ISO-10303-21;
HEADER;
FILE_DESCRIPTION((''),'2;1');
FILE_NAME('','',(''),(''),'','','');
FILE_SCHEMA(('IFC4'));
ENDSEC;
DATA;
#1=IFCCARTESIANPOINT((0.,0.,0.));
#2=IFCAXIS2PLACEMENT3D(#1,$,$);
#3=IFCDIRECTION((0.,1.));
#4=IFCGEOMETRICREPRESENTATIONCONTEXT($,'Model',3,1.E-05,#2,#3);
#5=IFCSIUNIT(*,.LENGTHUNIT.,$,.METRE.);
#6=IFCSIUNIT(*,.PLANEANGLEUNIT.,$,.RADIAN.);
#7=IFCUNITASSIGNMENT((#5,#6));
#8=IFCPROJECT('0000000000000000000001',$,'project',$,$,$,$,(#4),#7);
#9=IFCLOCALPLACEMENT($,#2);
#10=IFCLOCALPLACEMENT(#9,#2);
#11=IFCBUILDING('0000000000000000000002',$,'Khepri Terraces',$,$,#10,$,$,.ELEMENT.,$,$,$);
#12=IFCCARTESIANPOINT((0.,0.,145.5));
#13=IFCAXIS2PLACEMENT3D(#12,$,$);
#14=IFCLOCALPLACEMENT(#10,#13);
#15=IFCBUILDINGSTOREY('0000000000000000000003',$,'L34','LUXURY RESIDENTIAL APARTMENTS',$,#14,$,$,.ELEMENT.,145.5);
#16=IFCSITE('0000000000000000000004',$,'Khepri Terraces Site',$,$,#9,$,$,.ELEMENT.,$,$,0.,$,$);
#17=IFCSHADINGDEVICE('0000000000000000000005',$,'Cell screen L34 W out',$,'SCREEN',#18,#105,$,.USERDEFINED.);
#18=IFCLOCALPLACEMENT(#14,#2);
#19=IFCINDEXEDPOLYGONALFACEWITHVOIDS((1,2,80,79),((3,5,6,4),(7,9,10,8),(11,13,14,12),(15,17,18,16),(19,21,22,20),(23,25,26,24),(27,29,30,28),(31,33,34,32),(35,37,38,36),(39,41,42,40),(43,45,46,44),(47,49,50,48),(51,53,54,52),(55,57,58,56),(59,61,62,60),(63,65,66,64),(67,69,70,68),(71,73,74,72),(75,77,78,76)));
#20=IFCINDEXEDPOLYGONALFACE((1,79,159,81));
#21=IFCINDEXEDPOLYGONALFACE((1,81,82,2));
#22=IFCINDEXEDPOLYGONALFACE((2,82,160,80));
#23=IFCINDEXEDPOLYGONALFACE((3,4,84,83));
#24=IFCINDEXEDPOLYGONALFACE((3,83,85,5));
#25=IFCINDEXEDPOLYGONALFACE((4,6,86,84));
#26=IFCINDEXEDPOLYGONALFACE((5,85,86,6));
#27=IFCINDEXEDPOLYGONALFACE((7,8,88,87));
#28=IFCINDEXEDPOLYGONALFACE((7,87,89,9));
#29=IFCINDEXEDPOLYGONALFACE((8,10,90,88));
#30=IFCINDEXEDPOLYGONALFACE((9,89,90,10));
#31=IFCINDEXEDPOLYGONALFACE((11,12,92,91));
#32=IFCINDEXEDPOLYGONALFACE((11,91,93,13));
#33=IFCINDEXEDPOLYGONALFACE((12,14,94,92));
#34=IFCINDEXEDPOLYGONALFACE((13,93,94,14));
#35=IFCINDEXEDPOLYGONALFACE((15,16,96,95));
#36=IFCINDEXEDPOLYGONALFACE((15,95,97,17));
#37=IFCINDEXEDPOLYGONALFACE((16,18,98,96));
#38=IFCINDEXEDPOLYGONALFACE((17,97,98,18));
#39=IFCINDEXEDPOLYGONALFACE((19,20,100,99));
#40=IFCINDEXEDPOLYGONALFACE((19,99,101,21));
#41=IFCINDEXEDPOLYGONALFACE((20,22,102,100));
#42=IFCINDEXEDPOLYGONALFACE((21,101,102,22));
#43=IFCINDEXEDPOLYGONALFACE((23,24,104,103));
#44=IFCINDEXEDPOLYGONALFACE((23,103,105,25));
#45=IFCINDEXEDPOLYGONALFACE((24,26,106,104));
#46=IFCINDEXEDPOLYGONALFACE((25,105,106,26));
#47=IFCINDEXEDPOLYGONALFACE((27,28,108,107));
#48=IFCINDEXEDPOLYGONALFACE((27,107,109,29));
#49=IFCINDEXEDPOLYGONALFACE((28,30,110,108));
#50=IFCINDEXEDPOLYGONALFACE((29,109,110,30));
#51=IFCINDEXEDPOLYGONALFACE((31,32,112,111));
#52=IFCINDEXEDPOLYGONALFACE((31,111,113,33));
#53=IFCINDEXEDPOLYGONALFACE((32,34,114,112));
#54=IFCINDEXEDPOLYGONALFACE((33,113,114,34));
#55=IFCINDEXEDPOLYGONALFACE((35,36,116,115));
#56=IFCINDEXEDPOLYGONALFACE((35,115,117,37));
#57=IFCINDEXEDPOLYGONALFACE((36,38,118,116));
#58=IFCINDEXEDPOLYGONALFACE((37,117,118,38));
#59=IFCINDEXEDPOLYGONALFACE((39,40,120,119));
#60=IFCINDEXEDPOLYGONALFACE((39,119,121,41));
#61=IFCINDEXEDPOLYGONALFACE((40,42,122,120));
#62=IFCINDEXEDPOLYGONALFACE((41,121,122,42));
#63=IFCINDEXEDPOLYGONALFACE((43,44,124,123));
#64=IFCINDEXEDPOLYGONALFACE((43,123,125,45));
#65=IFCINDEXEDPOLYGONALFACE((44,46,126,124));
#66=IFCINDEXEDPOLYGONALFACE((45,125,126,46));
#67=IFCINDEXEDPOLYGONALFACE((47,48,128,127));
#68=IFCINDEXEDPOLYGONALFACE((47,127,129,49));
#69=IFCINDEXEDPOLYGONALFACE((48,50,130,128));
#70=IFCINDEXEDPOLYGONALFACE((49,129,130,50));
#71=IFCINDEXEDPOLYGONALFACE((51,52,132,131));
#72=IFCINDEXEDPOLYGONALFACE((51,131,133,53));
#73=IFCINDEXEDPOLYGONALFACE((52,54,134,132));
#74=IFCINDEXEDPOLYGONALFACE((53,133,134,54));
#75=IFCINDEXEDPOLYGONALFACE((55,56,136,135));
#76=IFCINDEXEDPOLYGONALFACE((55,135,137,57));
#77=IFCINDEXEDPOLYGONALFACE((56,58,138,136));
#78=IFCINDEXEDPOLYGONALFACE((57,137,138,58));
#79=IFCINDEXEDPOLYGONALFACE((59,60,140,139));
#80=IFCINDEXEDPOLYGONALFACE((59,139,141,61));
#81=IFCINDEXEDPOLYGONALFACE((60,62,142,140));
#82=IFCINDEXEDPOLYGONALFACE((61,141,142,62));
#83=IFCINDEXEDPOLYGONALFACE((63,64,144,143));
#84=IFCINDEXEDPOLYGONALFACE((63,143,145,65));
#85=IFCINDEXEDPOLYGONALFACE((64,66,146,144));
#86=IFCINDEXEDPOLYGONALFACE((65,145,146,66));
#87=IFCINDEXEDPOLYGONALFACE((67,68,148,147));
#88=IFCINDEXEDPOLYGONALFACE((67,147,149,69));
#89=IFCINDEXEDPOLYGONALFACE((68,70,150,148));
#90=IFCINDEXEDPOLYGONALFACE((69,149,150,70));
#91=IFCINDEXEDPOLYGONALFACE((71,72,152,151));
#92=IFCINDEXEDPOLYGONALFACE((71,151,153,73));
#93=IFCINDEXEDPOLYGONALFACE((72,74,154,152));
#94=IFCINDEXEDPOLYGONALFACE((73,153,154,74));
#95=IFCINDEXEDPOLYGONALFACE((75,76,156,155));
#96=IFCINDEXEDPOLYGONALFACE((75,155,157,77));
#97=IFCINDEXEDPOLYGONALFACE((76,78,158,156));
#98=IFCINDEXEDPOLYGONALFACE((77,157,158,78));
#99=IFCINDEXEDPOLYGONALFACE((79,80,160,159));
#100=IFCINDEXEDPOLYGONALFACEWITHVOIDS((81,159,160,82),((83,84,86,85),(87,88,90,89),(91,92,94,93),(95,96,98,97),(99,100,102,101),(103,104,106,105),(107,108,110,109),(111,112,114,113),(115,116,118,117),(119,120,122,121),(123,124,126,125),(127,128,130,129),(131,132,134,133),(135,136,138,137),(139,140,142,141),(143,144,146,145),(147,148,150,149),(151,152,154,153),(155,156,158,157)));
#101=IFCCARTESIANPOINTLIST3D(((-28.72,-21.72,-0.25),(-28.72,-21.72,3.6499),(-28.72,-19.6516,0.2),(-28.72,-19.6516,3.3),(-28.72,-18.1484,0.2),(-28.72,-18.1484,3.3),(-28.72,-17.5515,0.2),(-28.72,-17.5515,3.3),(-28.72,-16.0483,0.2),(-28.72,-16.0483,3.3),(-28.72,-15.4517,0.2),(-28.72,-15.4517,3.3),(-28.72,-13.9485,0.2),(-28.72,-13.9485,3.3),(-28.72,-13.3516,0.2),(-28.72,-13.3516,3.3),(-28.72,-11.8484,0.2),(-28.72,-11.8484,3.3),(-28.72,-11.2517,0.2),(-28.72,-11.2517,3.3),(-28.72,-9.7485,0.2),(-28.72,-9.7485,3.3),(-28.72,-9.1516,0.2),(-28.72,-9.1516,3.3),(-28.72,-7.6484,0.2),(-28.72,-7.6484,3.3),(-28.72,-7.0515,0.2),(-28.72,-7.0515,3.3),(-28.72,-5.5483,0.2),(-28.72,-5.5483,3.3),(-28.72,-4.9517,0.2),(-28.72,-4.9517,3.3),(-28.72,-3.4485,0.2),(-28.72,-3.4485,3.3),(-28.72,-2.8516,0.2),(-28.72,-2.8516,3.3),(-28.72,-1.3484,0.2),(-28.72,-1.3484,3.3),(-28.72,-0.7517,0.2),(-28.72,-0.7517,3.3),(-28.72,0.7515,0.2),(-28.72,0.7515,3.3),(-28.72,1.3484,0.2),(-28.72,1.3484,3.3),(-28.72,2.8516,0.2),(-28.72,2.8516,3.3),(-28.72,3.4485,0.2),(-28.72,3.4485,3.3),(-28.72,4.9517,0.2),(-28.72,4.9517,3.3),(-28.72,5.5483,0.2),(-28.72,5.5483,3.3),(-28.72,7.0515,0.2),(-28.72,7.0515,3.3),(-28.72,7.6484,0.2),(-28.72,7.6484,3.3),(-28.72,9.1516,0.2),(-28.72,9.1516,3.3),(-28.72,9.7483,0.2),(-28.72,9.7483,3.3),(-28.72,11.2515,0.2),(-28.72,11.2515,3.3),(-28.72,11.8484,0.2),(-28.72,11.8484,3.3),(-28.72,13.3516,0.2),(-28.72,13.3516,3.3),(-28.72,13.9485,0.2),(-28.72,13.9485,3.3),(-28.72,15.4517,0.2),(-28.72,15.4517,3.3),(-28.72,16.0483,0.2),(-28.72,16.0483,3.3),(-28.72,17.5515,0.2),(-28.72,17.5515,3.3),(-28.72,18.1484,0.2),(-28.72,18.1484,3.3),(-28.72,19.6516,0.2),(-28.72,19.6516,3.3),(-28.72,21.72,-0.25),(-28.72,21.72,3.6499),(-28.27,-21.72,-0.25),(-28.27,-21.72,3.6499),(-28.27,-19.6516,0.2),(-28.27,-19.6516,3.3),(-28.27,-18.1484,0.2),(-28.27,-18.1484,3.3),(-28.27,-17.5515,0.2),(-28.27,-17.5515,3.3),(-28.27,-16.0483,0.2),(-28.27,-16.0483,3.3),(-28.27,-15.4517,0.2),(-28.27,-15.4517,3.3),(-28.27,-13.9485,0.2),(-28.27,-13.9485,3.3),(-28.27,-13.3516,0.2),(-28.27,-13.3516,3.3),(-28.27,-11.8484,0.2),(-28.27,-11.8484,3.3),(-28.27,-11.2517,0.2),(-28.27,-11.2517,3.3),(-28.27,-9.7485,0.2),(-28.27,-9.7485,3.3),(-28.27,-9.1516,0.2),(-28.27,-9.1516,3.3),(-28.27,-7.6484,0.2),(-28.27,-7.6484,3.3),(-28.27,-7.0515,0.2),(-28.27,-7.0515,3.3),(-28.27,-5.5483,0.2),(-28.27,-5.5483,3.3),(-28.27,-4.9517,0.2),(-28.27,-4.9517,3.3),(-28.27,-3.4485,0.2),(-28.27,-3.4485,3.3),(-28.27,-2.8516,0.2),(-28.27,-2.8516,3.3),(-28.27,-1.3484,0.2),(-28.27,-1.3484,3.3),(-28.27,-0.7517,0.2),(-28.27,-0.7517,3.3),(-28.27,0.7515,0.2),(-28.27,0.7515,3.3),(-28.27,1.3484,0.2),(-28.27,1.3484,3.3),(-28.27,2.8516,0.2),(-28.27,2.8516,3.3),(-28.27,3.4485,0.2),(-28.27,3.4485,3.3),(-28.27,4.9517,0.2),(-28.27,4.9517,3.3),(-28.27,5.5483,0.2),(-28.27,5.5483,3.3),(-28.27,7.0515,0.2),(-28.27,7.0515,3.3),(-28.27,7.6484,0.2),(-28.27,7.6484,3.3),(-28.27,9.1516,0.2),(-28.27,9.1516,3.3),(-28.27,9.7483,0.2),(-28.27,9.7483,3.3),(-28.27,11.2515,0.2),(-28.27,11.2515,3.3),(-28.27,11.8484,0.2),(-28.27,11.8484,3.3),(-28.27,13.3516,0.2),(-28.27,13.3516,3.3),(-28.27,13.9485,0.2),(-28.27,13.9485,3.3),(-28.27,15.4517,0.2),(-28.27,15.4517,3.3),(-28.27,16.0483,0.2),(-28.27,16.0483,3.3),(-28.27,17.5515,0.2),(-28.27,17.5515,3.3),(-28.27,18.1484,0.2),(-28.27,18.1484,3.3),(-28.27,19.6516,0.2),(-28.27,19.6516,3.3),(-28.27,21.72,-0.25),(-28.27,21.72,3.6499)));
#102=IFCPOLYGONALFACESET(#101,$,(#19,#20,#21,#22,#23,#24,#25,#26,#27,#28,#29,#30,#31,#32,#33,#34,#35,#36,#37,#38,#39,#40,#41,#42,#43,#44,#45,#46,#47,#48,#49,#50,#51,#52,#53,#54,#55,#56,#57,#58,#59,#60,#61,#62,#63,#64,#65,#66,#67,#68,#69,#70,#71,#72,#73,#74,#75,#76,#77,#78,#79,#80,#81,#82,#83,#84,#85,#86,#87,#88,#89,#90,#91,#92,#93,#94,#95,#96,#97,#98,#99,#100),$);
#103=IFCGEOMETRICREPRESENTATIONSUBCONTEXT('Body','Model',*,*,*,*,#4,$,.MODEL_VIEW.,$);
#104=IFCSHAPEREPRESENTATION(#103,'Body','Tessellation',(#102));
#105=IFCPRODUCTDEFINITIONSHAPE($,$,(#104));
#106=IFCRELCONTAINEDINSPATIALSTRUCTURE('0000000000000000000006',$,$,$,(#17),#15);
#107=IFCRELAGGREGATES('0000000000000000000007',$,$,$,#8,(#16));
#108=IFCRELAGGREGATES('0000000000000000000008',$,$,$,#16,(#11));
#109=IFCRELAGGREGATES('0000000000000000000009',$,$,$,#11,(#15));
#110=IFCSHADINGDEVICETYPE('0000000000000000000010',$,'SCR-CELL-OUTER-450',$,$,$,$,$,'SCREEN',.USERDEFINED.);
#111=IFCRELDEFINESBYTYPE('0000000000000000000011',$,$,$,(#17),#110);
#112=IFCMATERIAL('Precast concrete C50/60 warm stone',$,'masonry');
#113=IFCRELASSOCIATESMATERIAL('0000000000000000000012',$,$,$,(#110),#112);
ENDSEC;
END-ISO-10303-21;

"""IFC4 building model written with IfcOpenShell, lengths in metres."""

from ifc_helpers import new_model, si_unit, direction, frame, origin, place, context, subcontext, project, spatial, polyline, outline, extrude, material, type_object, element, save


model = new_model("IFC4")

# Units and contexts
model_context = context("Model", 3, precision=1e-05, world=origin(), true_north=direction((0.0, 1.0)))
body_context = subcontext(model_context, "Body", "Model", "MODEL_VIEW")
ifc_project = project(units=[si_unit("LENGTHUNIT", "METRE"), si_unit("PLANEANGLEUNIT", "RADIAN")], contexts=[model_context])

# Site, building, storey
site_placement = place(None, origin())
site = spatial("IfcSite", under=ifc_project, at=site_placement, Name="Khepri Terraces Site", CompositionType="ELEMENT", RefElevation=0.0)
building_placement = place(site_placement, origin())
building = spatial("IfcBuilding", under=site, at=building_placement, Name="Khepri Terraces", CompositionType="ELEMENT")
storey_placement = place(building_placement, frame((0.0, 0.0, 145.5)))
storey = spatial("IfcBuildingStorey", under=building, at=storey_placement, Name="L34", Description="LUXURY RESIDENTIAL APARTMENTS", CompositionType="ELEMENT", Elevation=145.5)

# Shared definitions
ifc_material_1 = material(Name="Precast concrete C50/60 warm stone", Category="masonry")

# Shading device
shading_device_type_1 = type_object("IfcShadingDeviceType", Name="SCR-CELL-OUTER-450", ElementType="SCREEN", PredefinedType="USERDEFINED", material=ifc_material_1)
shading_device_1_placement = place(storey_placement, frame((-28.27, 21.72, -0.25), z_axis=(-1.0, 0.0, 0.0), x_axis=(0.0, -1.0, 0.0)))
element("IfcShadingDevice", 1, at=shading_device_1_placement, inside=storey, type_object=shading_device_type_1, Name="Cell screen L34 W out", ObjectType="SCREEN", PredefinedType="USERDEFINED", context=body_context, shape_type="SweptSolid", body=[
    extrude(outline(polyline([(0.0, 0.0), (43.4399, 0.0), (43.4399, 3.8999), (0.0, 3.8999), (0.0, 0.0)]), holes=[polyline([(2.0684, 0.45), (3.5715, 0.45), (3.5715, 3.55), (2.0684, 3.55), (2.0684, 0.45)]), polyline([(4.1685, 0.45), (5.6716, 0.45), (5.6716, 3.55), (4.1685, 3.55), (4.1685, 0.45)]), polyline([(6.2683, 0.45), (7.7715, 0.45), (7.7715, 3.55), (6.2683, 3.55), (6.2683, 0.45)]), polyline([(8.3684, 0.45), (9.8716, 0.45), (9.8716, 3.55), (8.3684, 3.55), (8.3684, 0.45)]), polyline([(10.4685, 0.45), (11.9717, 0.45), (11.9717, 3.55), (10.4685, 3.55), (10.4685, 0.45)]), polyline([(12.5684, 0.45), (14.0715, 0.45), (14.0715, 3.55), (12.5684, 3.55), (12.5684, 0.45)]), polyline([(14.6685, 0.45), (16.1716, 0.45), (16.1716, 3.55), (14.6685, 3.55), (14.6685, 0.45)]), polyline([(16.7683, 0.45), (18.2715, 0.45), (18.2715, 3.55), (16.7683, 3.55), (16.7683, 0.45)]), polyline([(18.8684, 0.45), (20.3716, 0.45), (20.3716, 3.55), (18.8684, 3.55), (18.8684, 0.45)]), polyline([(20.9685, 0.45), (22.4717, 0.45), (22.4717, 3.55), (20.9685, 3.55), (20.9685, 0.45)]), polyline([(23.0684, 0.45), (24.5715, 0.45), (24.5715, 3.55), (23.0684, 3.55), (23.0684, 0.45)]), polyline([(25.1685, 0.45), (26.6716, 0.45), (26.6716, 3.55), (25.1685, 3.55), (25.1685, 0.45)]), polyline([(27.2683, 0.45), (28.7715, 0.45), (28.7715, 3.55), (27.2683, 3.55), (27.2683, 0.45)]), polyline([(29.3684, 0.45), (30.8716, 0.45), (30.8716, 3.55), (29.3684, 3.55), (29.3684, 0.45)]), polyline([(31.4685, 0.45), (32.9717, 0.45), (32.9717, 3.55), (31.4685, 3.55), (31.4685, 0.45)]), polyline([(33.5684, 0.45), (35.0715, 0.45), (35.0715, 3.55), (33.5684, 3.55), (33.5684, 0.45)]), polyline([(35.6685, 0.45), (37.1716, 0.45), (37.1716, 3.55), (35.6685, 3.55), (35.6685, 0.45)]), polyline([(37.7683, 0.45), (39.2715, 0.45), (39.2715, 3.55), (37.7683, 3.55), (37.7683, 0.45)]), polyline([(39.8684, 0.45), (41.3716, 0.45), (41.3716, 3.55), (39.8684, 3.55), (39.8684, 0.45)])]), origin(), (0.0, 0.0, 1.0), 0.45),
])

save(model, "model.ifc")
